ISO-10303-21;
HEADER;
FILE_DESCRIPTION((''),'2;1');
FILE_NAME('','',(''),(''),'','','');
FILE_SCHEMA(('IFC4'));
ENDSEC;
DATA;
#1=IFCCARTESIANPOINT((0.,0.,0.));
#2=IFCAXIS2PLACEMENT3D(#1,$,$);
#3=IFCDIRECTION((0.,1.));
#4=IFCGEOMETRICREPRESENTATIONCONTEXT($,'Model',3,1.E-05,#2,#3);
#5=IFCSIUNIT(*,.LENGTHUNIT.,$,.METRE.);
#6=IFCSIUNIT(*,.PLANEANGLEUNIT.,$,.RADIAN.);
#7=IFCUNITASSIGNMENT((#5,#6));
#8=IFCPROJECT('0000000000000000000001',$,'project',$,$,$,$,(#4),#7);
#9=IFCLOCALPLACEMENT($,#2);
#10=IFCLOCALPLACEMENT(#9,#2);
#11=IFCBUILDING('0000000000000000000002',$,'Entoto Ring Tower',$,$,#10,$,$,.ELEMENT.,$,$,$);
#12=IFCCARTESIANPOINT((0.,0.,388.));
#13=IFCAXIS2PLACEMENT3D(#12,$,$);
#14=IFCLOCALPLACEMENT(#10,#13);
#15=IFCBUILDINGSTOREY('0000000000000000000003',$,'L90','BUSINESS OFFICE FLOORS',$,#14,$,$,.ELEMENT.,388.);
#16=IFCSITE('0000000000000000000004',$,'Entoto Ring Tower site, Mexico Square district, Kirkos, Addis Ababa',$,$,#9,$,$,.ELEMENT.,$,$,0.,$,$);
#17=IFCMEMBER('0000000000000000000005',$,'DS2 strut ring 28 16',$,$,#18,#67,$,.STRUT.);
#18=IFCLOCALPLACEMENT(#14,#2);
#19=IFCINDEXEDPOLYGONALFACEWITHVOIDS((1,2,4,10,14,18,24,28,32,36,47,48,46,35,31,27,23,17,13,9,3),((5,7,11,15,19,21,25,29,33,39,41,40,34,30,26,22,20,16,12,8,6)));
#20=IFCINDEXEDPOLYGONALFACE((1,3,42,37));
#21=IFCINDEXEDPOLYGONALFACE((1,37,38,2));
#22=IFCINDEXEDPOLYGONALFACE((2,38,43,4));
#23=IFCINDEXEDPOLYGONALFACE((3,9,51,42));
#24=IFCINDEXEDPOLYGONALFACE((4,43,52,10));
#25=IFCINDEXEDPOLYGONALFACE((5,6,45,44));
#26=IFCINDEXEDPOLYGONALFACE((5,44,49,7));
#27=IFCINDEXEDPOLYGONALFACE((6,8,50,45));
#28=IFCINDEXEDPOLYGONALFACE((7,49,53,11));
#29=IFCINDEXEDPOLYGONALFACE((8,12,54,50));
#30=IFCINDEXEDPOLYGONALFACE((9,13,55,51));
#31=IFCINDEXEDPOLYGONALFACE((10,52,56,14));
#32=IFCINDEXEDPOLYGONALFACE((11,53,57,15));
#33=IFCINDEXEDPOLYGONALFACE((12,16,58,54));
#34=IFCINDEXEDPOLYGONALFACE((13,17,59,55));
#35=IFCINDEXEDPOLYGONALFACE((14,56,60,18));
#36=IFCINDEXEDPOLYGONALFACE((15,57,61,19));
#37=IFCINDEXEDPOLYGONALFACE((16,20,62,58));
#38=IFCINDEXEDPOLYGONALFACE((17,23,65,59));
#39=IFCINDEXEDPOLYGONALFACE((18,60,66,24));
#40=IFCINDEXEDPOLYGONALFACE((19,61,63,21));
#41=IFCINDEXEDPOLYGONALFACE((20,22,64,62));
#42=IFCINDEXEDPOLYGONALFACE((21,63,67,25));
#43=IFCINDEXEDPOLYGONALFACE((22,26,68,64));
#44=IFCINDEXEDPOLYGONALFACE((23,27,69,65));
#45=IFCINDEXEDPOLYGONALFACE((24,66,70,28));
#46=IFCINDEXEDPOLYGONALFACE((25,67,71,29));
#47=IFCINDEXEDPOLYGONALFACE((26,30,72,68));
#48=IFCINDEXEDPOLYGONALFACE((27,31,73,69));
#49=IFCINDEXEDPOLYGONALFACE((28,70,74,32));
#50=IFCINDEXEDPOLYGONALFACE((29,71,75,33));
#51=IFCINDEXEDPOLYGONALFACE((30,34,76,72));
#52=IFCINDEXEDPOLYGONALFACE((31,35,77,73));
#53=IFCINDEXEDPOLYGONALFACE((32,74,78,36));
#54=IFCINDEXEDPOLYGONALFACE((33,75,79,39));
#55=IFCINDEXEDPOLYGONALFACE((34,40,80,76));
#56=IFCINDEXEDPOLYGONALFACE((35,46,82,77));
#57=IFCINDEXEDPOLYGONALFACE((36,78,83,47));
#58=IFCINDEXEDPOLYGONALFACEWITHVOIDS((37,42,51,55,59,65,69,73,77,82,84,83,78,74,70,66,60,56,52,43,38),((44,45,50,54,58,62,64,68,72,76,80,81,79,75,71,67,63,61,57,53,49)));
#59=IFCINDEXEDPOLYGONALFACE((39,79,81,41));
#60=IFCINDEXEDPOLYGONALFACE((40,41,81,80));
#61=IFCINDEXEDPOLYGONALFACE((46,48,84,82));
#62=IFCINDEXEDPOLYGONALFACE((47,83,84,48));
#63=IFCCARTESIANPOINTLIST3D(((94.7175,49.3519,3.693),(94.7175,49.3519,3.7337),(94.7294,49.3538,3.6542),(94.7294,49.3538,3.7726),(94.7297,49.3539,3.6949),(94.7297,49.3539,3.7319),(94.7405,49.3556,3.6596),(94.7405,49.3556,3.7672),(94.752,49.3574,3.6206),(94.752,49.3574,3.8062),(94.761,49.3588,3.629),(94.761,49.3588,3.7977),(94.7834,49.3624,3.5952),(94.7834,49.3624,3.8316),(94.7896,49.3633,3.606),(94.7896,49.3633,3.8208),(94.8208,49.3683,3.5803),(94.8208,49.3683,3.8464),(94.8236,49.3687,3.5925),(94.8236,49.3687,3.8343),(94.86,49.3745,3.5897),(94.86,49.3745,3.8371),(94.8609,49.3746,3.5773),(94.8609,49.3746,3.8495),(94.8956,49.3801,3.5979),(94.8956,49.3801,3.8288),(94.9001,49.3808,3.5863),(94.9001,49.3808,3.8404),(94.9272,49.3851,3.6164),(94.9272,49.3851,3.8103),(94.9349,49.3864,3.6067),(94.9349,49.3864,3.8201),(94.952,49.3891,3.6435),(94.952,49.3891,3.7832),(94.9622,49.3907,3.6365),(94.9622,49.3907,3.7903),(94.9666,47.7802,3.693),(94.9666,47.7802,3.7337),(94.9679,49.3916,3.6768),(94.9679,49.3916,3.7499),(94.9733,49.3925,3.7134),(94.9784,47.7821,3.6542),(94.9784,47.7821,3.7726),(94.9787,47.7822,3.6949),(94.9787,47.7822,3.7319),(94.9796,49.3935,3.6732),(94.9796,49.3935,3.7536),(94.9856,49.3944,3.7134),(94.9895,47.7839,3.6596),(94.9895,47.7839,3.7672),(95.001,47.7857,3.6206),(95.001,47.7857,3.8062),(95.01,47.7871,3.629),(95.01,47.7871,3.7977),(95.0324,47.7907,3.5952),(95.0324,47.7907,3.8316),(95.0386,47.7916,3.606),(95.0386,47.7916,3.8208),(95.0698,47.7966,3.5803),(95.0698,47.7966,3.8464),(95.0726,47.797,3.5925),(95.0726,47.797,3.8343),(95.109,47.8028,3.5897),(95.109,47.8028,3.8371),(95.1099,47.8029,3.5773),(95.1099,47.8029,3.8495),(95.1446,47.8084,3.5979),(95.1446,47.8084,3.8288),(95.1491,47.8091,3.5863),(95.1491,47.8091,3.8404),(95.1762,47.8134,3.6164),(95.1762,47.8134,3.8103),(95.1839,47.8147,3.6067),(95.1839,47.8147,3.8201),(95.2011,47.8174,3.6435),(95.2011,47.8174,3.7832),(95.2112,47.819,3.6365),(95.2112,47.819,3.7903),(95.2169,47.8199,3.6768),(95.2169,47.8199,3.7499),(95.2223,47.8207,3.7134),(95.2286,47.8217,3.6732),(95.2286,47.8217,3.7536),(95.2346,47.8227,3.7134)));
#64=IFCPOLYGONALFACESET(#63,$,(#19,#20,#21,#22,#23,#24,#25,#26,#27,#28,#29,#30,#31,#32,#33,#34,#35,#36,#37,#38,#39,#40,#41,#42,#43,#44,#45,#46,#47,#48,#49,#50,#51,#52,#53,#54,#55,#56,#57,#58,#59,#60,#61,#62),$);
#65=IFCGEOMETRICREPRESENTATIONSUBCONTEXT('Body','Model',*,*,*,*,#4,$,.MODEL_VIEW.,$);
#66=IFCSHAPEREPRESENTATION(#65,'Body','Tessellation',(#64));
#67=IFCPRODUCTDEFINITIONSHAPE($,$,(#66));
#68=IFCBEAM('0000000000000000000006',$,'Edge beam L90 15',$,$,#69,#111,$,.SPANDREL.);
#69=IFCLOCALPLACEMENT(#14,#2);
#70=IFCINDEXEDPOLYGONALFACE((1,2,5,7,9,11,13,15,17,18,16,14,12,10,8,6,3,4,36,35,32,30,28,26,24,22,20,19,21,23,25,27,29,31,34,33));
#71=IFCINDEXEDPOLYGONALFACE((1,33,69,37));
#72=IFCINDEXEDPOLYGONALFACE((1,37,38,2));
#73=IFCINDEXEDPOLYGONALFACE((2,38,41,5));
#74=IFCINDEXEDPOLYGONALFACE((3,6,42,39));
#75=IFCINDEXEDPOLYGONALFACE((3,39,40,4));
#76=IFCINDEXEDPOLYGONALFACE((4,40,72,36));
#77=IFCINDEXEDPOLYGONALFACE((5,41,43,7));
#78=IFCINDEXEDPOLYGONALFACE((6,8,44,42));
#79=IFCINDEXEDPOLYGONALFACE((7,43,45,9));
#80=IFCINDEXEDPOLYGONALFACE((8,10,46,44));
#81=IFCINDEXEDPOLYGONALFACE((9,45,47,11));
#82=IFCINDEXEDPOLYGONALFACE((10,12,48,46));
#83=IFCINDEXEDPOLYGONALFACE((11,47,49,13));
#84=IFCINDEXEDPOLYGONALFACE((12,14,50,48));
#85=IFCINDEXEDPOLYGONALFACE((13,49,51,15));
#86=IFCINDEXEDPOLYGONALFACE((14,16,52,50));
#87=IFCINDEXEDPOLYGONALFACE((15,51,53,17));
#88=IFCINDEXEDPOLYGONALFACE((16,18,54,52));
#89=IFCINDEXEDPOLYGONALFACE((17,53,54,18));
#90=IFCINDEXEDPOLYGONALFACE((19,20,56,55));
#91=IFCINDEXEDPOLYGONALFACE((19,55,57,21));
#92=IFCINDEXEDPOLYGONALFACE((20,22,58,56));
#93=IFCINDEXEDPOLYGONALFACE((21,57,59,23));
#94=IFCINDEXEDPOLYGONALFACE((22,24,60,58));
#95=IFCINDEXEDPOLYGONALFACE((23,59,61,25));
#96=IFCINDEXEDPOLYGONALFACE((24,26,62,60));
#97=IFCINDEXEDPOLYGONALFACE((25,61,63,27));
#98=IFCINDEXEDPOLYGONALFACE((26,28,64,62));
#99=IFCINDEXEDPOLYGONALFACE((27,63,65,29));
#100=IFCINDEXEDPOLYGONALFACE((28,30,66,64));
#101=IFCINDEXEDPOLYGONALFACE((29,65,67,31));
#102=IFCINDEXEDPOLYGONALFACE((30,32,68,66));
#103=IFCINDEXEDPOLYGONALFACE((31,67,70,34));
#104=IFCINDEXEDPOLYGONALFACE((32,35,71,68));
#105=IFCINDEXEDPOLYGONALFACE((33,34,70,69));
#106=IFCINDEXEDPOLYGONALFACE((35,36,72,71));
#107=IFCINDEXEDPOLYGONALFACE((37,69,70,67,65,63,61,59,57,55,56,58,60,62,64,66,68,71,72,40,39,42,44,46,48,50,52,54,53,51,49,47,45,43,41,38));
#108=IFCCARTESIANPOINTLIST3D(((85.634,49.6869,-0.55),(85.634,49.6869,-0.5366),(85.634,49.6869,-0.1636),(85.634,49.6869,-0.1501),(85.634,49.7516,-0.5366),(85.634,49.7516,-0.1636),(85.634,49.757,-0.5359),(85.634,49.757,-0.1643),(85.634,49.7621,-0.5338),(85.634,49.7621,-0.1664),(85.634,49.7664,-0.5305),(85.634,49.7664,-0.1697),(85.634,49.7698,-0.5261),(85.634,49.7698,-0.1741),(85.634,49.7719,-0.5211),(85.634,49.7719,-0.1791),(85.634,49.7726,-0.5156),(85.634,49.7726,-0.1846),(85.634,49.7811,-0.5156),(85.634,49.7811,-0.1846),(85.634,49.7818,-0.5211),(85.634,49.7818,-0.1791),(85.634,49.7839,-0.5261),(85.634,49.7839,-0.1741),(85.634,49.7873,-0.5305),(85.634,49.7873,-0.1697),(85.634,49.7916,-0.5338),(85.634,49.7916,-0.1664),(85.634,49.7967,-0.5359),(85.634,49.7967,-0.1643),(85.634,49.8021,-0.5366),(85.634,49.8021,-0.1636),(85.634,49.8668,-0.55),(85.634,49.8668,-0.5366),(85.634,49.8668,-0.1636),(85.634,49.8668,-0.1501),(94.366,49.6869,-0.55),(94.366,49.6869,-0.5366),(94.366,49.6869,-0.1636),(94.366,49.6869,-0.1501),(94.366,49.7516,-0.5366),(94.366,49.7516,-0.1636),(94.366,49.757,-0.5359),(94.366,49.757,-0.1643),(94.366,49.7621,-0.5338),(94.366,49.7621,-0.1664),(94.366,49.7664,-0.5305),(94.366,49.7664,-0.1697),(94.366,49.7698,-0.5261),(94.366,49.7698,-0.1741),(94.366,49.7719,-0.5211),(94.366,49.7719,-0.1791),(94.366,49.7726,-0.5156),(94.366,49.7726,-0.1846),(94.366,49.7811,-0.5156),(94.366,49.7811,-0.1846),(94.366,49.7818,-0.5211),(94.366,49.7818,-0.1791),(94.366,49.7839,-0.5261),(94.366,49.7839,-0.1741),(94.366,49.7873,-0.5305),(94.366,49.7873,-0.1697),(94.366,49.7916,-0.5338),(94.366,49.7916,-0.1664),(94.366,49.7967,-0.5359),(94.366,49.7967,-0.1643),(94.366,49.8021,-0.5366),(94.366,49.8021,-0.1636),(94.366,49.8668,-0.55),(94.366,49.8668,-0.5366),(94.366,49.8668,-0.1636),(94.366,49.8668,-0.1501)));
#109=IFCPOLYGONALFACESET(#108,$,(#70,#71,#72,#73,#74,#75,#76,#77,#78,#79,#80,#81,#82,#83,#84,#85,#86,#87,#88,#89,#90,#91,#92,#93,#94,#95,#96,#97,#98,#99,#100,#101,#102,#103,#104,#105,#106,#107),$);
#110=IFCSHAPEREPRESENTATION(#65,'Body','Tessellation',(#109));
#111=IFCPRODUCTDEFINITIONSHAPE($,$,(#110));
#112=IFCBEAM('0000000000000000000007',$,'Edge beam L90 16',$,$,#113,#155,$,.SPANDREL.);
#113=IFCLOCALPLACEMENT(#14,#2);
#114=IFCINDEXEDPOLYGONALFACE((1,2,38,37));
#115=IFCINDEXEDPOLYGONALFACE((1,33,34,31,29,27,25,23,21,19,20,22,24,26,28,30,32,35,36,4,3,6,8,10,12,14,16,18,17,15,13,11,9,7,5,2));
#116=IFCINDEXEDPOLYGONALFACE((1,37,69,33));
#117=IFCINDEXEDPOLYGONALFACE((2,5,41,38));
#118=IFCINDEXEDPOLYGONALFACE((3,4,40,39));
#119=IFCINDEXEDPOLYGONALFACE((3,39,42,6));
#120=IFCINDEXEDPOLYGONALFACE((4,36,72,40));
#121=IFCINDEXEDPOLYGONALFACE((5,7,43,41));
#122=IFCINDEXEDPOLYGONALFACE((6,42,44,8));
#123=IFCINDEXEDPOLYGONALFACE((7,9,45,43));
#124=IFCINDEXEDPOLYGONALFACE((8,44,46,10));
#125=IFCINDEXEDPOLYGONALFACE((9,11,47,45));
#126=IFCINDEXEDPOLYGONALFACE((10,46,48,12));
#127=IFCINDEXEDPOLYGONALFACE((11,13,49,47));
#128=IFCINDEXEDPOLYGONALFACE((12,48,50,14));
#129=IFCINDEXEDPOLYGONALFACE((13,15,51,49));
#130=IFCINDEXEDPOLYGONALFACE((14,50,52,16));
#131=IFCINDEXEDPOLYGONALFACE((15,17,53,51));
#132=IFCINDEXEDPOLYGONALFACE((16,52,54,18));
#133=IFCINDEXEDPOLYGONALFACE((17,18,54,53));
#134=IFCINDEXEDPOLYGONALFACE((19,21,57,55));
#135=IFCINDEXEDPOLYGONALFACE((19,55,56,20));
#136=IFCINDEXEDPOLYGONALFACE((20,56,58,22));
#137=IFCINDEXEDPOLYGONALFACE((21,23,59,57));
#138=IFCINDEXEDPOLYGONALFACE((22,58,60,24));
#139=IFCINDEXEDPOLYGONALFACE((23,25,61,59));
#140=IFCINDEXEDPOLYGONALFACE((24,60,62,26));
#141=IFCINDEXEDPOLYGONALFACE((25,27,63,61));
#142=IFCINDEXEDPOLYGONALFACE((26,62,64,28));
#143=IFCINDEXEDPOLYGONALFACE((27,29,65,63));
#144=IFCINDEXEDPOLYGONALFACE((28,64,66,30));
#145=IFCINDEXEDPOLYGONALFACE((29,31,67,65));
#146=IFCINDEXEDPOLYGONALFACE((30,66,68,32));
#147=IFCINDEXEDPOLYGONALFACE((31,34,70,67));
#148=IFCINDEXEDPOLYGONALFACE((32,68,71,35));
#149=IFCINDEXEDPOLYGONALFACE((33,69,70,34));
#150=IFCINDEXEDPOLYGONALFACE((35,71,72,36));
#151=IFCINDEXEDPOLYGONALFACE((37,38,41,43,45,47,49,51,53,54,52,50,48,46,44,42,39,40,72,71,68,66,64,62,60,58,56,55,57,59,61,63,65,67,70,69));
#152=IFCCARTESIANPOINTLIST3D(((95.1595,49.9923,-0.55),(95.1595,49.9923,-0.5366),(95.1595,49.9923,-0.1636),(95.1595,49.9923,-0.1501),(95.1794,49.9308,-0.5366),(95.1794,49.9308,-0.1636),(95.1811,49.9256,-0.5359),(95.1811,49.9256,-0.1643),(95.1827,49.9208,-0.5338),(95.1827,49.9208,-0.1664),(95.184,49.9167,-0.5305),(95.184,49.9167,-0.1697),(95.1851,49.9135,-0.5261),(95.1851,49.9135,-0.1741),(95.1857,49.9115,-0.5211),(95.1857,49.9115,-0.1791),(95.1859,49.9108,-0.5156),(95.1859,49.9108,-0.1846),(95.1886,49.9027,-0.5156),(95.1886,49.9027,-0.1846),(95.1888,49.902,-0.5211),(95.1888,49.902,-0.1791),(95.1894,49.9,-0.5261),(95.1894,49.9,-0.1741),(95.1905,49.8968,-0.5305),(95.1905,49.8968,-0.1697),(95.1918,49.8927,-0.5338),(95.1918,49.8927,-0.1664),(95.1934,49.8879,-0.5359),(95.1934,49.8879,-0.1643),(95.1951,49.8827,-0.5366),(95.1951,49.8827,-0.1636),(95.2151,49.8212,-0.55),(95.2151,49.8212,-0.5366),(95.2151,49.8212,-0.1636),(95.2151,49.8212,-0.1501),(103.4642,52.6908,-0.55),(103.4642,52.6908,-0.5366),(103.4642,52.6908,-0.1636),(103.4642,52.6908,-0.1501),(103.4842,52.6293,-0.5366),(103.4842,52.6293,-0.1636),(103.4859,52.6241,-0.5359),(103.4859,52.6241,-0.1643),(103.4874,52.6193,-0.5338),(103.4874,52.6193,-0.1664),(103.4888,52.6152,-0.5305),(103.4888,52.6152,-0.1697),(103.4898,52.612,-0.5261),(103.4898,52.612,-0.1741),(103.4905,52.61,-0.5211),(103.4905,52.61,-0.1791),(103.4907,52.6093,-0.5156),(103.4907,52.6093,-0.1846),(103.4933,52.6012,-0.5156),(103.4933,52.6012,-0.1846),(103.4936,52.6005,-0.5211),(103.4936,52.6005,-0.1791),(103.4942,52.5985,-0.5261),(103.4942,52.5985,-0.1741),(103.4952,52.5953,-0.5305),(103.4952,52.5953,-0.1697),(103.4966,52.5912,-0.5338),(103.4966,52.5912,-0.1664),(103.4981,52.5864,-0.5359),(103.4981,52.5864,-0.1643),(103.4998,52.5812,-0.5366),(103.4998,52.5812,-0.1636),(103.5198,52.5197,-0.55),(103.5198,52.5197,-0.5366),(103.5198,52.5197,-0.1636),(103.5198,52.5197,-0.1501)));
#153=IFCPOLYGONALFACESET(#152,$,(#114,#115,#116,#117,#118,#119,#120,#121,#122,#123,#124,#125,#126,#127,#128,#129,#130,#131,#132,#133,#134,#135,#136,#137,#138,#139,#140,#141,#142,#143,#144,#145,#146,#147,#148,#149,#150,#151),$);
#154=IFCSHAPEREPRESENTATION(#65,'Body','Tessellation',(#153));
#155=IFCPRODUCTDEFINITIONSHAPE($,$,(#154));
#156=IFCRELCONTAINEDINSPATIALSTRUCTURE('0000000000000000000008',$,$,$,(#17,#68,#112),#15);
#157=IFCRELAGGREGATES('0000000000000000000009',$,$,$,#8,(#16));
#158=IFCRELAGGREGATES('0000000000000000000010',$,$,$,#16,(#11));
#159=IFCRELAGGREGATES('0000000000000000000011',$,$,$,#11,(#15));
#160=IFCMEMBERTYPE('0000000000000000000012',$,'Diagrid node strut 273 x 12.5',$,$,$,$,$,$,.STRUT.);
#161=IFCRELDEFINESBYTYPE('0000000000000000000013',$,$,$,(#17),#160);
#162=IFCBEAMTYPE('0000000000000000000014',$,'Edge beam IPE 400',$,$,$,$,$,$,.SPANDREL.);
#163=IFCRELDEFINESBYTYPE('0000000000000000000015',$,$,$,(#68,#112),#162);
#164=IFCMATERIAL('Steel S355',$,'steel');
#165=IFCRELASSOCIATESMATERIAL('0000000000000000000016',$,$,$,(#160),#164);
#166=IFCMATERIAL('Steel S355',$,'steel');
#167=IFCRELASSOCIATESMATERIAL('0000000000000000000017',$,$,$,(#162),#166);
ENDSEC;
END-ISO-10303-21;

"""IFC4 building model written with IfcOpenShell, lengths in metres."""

from ifc_helpers import new_model, si_unit, direction, frame, origin, origin_2d, place, context, subcontext, project, spatial, circle, hollow_circle, i_section, extrude, material, material_profile, profile_set, type_object, element, save


model = new_model("IFC4")

# Units and contexts
model_context = context("Model", 3, precision=1e-05, world=origin(), true_north=direction((0.0, 1.0)))
body_context = subcontext(model_context, "Body", "Model", "MODEL_VIEW")
ifc_project = project(units=[si_unit("LENGTHUNIT", "METRE"), si_unit("PLANEANGLEUNIT", "RADIAN")], contexts=[model_context])

# Site, building, storey
site_placement = place(None, origin())
site = spatial("IfcSite", under=ifc_project, at=site_placement, Name="Entoto Ring Tower site, Mexico Square district, Kirkos, Addis Ababa", CompositionType="ELEMENT", RefElevation=0.0)
building_placement = place(site_placement, origin())
building = spatial("IfcBuilding", under=site, at=building_placement, Name="Entoto Ring Tower", CompositionType="ELEMENT")
storey_placement = place(building_placement, frame((0.0, 0.0, 388.0)))
storey = spatial("IfcBuildingStorey", under=building, at=storey_placement, Name="L90", Description="BUSINESS OFFICE FLOORS", CompositionType="ELEMENT", Elevation=388.0)

# Member
ifc_material_1 = material(Name="Steel S355", Category="steel")
ifc_material_profile_1 = material_profile(ifc_material_1, hollow_circle(Radius=0.1365, WallThickness=0.0125, at=origin_2d()), Name="CHS 273 x 12.5")
ifc_material_2 = material(Name="Concrete C60/75", Category="concrete")
ifc_material_profile_2 = material_profile(ifc_material_2, circle(Radius=0.124, at=origin_2d()), Name="Concrete C60/75 infill")
ifc_profile_set_1 = profile_set([ifc_material_profile_1, ifc_material_profile_2], Name="Steel S355")
member_type = type_object("IfcMemberType", Name="Diagrid node strut 273 x 12.5", PredefinedType="STRUT", material=ifc_profile_set_1)
member_placement = place(storey_placement, frame((94.8508, 49.373, 3.7134), z_axis=(0.156483, -0.987681, 0.0), x_axis=(0.987681, 0.156483, 0.0)))
element("IfcMember", 1, at=member_placement, inside=storey, type_object=member_type, Name="DS2 strut ring 28 16", PredefinedType="STRUT", context=body_context, shape_type="SweptSolid", body=[
    extrude(hollow_circle(Radius=0.1365, WallThickness=0.0125, at=origin_2d()), origin(), (0.0, 0.0, 1.0), 1.5913),
])

# Beams
ifc_material_3 = material(Name="Steel S355", Category="steel")
ifc_material_profile_3 = material_profile(ifc_material_3, i_section(OverallWidth=0.1799, OverallDepth=0.3999, WebThickness=0.0085, FlangeThickness=0.0134, FilletRadius=0.021, at=origin_2d()), Name="IPE 400")
ifc_profile_set_2 = profile_set([ifc_material_profile_3], Name="Steel S355")
beam_type_1 = type_object("IfcBeamType", Name="Edge beam IPE 400", PredefinedType="SPANDREL", material=ifc_profile_set_2)
beam_1_placement = place(storey_placement, frame((85.634, 49.7769, -0.3501), z_axis=(1.0, 0.0, 0.0), x_axis=(0.0, 1.0, 0.0)))
element("IfcBeam", 2, at=beam_1_placement, inside=storey, type_object=beam_type_1, Name="Edge beam L90 15", PredefinedType="SPANDREL", context=body_context, shape_type="SweptSolid", body=[
    extrude(i_section(OverallWidth=0.1799, OverallDepth=0.3999, WebThickness=0.0085, FlangeThickness=0.0134, FilletRadius=0.021, at=origin_2d()), origin(), (0.0, 0.0, 1.0), 8.7319),
])
beam_2_placement = place(storey_placement, frame((95.1873, 49.9067, -0.3501), z_axis=(0.951052, 0.30903, 0.0), x_axis=(-0.30903, 0.951052, 0.0)))
element("IfcBeam", 3, at=beam_2_placement, inside=storey, type_object=beam_type_1, Name="Edge beam L90 16", PredefinedType="SPANDREL", context=body_context, shape_type="SweptSolid", body=[
    extrude(i_section(OverallWidth=0.1799, OverallDepth=0.3999, WebThickness=0.0085, FlangeThickness=0.0134, FilletRadius=0.021, at=origin_2d()), origin(), (0.0, 0.0, 1.0), 8.7322),
])

save(model, "model.ifc")
